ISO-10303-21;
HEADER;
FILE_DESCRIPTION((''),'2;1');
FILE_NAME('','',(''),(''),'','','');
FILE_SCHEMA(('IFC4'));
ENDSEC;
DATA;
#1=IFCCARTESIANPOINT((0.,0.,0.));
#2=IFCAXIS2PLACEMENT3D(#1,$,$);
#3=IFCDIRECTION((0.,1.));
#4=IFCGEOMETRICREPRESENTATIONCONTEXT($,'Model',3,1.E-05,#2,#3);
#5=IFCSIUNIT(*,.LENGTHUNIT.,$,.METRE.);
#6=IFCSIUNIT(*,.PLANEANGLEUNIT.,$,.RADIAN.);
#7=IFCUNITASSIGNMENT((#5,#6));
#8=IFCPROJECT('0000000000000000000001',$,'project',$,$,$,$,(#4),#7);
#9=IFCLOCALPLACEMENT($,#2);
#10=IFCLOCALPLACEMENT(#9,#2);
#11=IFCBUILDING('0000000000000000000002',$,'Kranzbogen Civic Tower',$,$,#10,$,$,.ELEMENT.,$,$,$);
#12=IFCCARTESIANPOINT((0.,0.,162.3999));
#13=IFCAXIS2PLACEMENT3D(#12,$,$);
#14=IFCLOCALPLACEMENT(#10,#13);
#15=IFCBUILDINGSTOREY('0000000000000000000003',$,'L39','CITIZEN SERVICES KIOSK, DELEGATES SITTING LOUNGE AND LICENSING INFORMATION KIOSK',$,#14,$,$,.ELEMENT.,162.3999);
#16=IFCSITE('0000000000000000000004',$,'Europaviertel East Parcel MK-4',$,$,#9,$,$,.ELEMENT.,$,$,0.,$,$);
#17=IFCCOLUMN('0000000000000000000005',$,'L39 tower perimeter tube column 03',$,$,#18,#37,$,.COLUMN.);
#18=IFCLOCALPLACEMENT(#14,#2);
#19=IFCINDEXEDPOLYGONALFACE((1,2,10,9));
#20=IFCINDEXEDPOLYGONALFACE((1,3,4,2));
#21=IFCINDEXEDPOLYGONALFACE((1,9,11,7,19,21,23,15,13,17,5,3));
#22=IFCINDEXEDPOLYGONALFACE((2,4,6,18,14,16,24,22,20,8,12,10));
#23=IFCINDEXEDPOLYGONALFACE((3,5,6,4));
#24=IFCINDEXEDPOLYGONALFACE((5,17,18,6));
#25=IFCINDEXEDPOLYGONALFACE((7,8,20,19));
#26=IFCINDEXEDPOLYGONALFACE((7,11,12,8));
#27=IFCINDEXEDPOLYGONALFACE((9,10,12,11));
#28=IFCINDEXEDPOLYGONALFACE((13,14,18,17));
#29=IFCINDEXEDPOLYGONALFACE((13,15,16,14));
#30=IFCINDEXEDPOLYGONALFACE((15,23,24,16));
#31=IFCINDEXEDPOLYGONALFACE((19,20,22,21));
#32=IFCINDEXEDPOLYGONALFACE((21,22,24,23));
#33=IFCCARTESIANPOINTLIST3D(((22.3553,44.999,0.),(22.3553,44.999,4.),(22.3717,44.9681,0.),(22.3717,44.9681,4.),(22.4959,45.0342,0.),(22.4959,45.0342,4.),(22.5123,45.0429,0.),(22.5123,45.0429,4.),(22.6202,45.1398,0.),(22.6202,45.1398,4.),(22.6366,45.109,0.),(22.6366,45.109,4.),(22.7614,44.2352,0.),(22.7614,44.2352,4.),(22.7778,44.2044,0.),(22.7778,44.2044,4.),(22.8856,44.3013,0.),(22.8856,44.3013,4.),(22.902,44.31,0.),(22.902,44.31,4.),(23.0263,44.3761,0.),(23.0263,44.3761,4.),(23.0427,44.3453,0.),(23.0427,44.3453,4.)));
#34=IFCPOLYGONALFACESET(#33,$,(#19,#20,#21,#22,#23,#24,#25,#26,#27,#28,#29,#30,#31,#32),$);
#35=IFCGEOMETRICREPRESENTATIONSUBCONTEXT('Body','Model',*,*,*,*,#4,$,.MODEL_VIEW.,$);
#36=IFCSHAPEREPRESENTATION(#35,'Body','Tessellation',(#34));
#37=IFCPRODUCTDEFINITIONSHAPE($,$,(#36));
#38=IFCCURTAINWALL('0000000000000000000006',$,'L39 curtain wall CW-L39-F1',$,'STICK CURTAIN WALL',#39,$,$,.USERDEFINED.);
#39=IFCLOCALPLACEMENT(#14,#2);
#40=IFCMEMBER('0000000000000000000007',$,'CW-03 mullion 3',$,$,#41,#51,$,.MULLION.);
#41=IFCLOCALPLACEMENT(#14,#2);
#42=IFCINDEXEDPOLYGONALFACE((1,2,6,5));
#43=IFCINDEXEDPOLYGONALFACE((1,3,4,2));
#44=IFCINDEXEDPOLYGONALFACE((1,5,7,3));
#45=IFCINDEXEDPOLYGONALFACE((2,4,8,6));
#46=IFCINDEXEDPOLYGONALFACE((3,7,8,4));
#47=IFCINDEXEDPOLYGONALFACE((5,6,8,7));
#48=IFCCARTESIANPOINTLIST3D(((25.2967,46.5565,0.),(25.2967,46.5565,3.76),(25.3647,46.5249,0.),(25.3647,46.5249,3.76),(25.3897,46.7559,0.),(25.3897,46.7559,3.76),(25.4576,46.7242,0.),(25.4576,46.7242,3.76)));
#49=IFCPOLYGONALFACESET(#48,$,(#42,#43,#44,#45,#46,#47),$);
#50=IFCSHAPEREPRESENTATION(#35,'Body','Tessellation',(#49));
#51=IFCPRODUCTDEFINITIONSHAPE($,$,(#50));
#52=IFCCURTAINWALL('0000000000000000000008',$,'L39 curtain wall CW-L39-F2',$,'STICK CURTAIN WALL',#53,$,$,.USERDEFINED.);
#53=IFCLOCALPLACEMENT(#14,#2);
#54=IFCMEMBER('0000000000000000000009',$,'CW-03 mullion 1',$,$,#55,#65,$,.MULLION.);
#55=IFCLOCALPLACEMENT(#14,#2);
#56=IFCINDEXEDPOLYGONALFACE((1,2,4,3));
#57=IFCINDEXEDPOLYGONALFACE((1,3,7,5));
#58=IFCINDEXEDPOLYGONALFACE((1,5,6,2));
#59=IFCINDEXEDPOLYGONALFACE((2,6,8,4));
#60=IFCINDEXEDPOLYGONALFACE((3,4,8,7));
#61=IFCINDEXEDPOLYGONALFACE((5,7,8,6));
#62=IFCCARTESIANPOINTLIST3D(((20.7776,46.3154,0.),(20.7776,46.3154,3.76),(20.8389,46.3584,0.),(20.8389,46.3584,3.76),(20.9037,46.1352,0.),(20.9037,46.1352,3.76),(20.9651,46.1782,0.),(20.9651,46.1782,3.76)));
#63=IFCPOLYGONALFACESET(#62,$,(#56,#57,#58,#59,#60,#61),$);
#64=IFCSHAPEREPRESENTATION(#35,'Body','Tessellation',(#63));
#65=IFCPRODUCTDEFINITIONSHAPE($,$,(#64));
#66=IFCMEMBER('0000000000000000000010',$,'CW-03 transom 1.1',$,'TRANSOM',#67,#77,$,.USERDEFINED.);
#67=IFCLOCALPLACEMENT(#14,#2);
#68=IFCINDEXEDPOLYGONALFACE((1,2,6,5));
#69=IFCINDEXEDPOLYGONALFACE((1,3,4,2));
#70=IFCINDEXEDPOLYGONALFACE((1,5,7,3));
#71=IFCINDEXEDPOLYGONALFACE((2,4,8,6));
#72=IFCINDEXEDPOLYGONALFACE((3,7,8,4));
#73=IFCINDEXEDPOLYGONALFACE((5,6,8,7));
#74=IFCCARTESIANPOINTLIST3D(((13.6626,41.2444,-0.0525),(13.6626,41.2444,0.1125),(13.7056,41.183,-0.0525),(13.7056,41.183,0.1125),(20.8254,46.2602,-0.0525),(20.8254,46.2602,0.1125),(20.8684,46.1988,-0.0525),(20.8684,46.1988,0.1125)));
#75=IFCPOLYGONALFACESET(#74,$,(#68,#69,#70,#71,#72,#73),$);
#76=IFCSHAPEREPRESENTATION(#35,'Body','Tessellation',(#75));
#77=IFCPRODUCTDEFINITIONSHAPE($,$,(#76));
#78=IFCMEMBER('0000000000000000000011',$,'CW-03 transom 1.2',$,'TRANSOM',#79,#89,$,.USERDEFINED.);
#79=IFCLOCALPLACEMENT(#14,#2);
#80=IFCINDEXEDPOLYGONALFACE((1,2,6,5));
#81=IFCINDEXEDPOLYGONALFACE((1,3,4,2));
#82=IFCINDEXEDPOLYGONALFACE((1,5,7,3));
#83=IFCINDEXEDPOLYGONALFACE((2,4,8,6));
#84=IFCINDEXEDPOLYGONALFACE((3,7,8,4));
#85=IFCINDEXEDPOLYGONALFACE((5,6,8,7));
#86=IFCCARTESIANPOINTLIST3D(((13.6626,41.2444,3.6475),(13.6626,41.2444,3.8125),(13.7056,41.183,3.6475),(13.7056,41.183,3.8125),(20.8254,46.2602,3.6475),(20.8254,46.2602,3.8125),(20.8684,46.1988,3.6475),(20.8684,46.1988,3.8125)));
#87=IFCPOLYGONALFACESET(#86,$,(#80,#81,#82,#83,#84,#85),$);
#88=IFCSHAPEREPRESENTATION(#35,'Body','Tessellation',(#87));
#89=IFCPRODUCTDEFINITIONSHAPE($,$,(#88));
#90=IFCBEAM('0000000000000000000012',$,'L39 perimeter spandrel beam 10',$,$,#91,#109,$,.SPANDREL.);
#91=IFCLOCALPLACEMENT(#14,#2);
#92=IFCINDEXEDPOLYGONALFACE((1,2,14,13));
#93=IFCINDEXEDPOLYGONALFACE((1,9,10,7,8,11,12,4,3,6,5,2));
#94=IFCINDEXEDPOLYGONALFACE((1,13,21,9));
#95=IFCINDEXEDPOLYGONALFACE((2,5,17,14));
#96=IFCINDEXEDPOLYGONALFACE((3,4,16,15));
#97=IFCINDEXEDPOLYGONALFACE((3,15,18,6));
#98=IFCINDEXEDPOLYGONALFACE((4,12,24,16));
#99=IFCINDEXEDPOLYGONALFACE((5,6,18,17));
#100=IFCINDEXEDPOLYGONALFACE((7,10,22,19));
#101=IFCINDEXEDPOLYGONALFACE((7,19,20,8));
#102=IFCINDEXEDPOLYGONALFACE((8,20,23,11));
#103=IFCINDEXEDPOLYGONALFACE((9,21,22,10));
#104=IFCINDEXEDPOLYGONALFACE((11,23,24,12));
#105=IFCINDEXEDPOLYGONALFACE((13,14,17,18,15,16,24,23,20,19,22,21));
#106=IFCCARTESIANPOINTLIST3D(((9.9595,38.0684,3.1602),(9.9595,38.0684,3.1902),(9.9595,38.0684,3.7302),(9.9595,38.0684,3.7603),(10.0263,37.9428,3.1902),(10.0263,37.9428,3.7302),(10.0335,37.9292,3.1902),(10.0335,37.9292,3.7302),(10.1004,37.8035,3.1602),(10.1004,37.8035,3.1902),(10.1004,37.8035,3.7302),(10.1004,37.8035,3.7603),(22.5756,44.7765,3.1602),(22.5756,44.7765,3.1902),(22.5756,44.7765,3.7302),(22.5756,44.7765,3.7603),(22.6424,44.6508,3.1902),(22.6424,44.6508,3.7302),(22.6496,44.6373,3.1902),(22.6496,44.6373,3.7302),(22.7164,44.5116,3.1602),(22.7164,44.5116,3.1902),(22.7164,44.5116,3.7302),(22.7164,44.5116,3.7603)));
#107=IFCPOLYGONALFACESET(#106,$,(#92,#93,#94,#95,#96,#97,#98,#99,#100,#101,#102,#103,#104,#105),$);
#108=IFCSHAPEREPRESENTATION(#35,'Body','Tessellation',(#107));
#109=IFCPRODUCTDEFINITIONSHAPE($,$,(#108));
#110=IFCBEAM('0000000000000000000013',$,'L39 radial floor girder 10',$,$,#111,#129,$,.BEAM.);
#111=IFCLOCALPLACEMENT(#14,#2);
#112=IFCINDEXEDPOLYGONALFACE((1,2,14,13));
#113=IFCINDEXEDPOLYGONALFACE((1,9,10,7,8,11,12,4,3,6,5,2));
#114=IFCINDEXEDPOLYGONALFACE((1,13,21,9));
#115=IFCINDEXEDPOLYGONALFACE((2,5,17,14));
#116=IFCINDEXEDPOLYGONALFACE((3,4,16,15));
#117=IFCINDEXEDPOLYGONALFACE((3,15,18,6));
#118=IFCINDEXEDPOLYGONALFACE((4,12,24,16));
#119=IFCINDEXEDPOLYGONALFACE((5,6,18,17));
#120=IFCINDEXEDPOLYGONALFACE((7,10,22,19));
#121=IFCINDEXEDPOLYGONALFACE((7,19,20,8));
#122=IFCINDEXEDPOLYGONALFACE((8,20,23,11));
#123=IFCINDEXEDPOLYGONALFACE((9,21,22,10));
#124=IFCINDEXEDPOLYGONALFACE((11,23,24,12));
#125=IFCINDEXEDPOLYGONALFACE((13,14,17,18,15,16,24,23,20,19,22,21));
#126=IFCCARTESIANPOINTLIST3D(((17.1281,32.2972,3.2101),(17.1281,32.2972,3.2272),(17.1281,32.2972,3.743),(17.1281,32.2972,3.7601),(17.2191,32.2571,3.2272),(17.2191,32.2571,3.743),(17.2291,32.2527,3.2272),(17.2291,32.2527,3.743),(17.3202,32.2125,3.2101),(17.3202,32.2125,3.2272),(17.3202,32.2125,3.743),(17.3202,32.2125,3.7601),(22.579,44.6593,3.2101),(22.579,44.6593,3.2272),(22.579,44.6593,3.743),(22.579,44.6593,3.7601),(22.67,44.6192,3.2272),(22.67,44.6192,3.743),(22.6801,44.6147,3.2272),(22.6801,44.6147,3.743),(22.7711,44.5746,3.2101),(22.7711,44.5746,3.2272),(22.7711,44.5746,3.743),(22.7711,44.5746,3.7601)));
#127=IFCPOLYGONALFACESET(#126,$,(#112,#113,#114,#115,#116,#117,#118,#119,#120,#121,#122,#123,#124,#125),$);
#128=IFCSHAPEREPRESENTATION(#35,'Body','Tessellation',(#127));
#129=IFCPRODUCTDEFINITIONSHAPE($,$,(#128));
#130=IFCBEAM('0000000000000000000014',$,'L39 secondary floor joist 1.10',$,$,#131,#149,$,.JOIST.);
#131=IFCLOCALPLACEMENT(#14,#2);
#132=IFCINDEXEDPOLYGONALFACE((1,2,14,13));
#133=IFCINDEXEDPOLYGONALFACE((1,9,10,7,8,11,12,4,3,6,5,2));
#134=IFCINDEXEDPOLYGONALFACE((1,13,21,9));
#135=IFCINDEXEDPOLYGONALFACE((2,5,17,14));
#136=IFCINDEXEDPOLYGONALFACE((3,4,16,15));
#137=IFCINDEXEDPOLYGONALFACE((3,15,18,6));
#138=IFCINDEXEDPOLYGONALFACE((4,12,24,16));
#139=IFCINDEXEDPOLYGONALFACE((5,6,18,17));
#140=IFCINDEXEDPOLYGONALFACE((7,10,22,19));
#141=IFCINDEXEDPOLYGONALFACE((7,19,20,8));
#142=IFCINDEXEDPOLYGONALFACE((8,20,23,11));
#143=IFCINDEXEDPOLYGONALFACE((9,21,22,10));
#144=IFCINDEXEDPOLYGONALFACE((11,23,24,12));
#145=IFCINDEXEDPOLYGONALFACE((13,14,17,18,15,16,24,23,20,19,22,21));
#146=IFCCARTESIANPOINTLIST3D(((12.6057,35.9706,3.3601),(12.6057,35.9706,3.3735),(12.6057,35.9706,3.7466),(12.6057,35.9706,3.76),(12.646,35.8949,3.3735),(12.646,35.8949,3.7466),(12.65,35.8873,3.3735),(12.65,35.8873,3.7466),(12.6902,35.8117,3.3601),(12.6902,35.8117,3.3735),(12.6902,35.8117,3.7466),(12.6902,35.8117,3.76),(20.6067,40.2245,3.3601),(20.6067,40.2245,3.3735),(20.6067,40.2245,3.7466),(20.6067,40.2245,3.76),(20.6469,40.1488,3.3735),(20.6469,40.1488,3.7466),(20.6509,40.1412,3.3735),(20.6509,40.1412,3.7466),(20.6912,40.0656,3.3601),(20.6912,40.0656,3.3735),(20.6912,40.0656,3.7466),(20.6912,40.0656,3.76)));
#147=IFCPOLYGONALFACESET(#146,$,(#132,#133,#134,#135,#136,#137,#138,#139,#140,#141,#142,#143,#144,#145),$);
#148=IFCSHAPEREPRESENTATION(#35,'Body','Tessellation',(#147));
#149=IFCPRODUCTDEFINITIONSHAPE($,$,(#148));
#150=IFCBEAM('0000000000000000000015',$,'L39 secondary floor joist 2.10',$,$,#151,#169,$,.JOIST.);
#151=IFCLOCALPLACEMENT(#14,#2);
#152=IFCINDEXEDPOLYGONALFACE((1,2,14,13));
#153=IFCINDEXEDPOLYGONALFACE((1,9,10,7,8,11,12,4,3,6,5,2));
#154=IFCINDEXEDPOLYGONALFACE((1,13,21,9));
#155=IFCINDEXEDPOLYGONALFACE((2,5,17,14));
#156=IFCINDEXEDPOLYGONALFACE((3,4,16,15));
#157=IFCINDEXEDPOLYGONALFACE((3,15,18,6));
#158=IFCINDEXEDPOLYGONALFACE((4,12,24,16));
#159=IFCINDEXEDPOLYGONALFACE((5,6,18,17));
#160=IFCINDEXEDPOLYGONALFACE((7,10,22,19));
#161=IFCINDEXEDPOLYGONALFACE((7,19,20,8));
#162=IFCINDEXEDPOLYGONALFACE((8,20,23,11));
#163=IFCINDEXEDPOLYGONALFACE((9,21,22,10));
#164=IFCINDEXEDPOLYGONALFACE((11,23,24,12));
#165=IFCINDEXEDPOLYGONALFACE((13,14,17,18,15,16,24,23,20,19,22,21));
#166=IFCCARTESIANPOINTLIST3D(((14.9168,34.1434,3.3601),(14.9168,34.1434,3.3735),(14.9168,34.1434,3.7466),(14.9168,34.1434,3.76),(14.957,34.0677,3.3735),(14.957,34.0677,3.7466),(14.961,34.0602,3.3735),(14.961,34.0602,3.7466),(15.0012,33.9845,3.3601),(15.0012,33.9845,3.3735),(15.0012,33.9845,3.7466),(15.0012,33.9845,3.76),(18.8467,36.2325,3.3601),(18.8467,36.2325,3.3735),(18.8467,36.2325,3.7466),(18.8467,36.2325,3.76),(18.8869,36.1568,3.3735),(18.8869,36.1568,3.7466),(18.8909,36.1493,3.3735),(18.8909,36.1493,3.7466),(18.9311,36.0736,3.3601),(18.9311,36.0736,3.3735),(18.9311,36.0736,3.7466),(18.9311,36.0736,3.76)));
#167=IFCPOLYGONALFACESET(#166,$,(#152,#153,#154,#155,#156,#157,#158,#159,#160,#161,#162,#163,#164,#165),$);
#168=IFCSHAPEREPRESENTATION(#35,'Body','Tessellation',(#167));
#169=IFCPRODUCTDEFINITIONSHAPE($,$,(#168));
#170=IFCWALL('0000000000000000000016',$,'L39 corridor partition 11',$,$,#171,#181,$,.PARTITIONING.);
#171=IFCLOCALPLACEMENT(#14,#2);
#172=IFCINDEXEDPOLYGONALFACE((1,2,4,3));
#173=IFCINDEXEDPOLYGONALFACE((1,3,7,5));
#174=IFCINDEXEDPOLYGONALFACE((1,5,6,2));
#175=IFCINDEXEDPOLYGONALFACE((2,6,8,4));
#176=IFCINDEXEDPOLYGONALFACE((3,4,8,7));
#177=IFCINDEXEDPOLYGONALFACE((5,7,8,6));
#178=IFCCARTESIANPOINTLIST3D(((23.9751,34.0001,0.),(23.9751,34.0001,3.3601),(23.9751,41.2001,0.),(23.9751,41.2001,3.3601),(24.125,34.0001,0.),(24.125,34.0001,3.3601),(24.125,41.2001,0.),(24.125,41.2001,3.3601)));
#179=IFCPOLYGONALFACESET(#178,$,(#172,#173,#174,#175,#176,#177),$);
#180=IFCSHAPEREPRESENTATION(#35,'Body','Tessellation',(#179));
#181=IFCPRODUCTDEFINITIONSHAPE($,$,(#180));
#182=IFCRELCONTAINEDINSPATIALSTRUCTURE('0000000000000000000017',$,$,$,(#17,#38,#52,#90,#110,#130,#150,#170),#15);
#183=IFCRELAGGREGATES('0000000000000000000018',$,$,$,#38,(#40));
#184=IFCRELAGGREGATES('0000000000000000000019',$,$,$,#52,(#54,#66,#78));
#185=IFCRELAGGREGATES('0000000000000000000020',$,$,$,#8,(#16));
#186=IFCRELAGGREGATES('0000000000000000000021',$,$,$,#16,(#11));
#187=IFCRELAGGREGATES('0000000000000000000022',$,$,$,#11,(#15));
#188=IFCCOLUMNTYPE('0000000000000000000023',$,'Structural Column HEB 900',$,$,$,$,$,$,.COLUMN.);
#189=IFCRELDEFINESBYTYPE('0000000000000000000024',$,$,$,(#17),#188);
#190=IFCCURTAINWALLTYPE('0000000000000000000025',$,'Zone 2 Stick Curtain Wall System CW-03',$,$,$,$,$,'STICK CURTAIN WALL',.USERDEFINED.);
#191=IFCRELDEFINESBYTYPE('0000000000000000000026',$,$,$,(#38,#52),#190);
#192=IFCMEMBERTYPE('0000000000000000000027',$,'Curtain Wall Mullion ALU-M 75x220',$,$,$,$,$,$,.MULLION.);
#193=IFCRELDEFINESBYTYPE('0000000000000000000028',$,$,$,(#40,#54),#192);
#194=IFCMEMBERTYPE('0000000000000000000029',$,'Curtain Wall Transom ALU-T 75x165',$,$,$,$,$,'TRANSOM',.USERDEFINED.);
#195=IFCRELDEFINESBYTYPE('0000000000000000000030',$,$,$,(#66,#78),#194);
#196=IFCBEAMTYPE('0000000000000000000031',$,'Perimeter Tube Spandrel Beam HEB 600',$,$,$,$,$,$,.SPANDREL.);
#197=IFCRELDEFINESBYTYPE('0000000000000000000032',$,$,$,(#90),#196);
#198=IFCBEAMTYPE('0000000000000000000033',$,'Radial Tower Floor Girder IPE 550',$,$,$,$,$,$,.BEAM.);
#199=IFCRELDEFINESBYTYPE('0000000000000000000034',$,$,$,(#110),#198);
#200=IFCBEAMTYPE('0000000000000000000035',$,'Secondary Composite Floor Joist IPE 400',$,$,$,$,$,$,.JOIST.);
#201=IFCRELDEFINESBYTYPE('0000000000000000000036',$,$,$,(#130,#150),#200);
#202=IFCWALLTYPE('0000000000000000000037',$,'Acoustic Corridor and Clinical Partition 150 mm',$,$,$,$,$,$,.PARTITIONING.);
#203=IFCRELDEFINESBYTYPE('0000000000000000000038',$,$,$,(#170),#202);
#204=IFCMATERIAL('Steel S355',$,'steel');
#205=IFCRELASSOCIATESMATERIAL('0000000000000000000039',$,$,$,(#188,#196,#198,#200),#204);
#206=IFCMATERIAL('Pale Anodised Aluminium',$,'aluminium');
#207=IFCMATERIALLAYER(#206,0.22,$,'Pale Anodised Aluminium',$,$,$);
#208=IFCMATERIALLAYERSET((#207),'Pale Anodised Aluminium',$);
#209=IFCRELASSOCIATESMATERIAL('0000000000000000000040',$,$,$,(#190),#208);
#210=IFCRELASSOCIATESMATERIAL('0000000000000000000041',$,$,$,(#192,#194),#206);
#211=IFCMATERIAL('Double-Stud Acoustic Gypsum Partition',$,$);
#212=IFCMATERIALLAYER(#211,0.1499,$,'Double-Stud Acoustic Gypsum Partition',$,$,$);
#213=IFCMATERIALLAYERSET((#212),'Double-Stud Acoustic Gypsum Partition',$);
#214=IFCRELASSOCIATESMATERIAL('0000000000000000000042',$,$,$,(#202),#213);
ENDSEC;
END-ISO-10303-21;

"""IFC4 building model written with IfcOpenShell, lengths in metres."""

from ifc_helpers import new_model, si_unit, direction, frame, frame_2d, origin, origin_2d, place, context, subcontext, project, spatial, rectangle, i_section, extrude, material, layer, layer_set, material_profile, profile_set, type_object, element, aggregate, save


model = new_model("IFC4")

# Units and contexts
model_context = context("Model", 3, precision=1e-05, world=origin(), true_north=direction((0.0, 1.0)))
body_context = subcontext(model_context, "Body", "Model", "MODEL_VIEW")
ifc_project = project(units=[si_unit("LENGTHUNIT", "METRE"), si_unit("PLANEANGLEUNIT", "RADIAN")], contexts=[model_context])

# Site, building, storey
site_placement = place(None, origin())
site = spatial("IfcSite", under=ifc_project, at=site_placement, Name="Europaviertel East Parcel MK-4", CompositionType="ELEMENT", RefElevation=0.0)
building_placement = place(site_placement, origin())
building = spatial("IfcBuilding", under=site, at=building_placement, Name="Kranzbogen Civic Tower", CompositionType="ELEMENT")
storey_placement = place(building_placement, frame((0.0, 0.0, 162.3999)))
storey = spatial("IfcBuildingStorey", under=building, at=storey_placement, Name="L39", Description="CITIZEN SERVICES KIOSK, DELEGATES SITTING LOUNGE AND LICENSING INFORMATION KIOSK", CompositionType="ELEMENT", Elevation=162.3999)

# Column
ifc_material_1 = material(Name="Steel S355", Category="steel")
ifc_material_profile_1 = material_profile(ifc_material_1, i_section(OverallWidth=0.3, OverallDepth=0.8999, WebThickness=0.0186, FlangeThickness=0.0349, at=origin_2d()), Name="HEB 900")
ifc_profile_set_1 = profile_set([ifc_material_profile_1], Name="Steel S355")
column_type = type_object("IfcColumnType", Name="Structural Column HEB 900", PredefinedType="COLUMN", material=ifc_profile_set_1)
column_placement = place(storey_placement, frame((22.699, 44.6721, 0.0), z_axis=(0.0, 0.0, 1.0), x_axis=(0.882948, 0.469472, 0.0)))
element("IfcColumn", 1, at=column_placement, inside=storey, type_object=column_type, Name="L39 tower perimeter tube column 03", PredefinedType="COLUMN", context=body_context, shape_type="SweptSolid", body=[
    extrude(i_section(OverallWidth=0.3, OverallDepth=0.8999, WebThickness=0.0186, FlangeThickness=0.0349, at=origin_2d()), origin(), (0.0, 0.0, 1.0), 4.0),
])

# Curtain wall, member
ifc_material_2 = material(Name="Pale Anodised Aluminium", Category="aluminium")
ifc_layer_1 = layer(ifc_material_2, 0.22, Name="Pale Anodised Aluminium")
ifc_layer_set_1 = layer_set([ifc_layer_1], Name="Pale Anodised Aluminium")
curtain_wall_type = type_object("IfcCurtainWallType", Name="Zone 2 Stick Curtain Wall System CW-03", ElementType="STICK CURTAIN WALL", PredefinedType="USERDEFINED", material=ifc_layer_set_1)
curtain_wall_1_placement = place(storey_placement, origin())
curtain_wall_1 = element("IfcCurtainWall", 2, at=curtain_wall_1_placement, inside=storey, type_object=curtain_wall_type, Name="L39 curtain wall CW-L39-F1", ObjectType="STICK CURTAIN WALL", PredefinedType="USERDEFINED")
ifc_material_profile_2 = material_profile(ifc_material_2, rectangle(XDim=0.075, YDim=0.22, at=origin_2d()), Name="ALU-M 75x220")
ifc_profile_set_2 = profile_set([ifc_material_profile_2], Name="Pale Anodised Aluminium")
member_type_1 = type_object("IfcMemberType", Name="Curtain Wall Mullion ALU-M 75x220", PredefinedType="MULLION", material=ifc_profile_set_2)
member_1_placement = place(storey_placement, frame((25.3772, 46.6404, 0.0), z_axis=(0.0, 0.0, 1.0), x_axis=(-0.906297, 0.422641, 0.0)))
member_1 = element("IfcMember", 3, at=member_1_placement, type_object=member_type_1, Name="CW-03 mullion 3", PredefinedType="MULLION", context=body_context, shape_type="SweptSolid", body=[
    extrude(rectangle(XDim=0.075, YDim=0.22, at=origin_2d()), origin(), (0.0, 0.0, 1.0), 3.76),
])
aggregate(curtain_wall_1, [member_1])

# Curtain wall, members
curtain_wall_2_placement = place(storey_placement, origin())
curtain_wall_2 = element("IfcCurtainWall", 4, at=curtain_wall_2_placement, inside=storey, type_object=curtain_wall_type, Name="L39 curtain wall CW-L39-F2", ObjectType="STICK CURTAIN WALL", PredefinedType="USERDEFINED")
member_2_placement = place(storey_placement, frame((20.8713, 46.2468, 0.0), z_axis=(0.0, 0.0, 1.0), x_axis=(-0.819128, -0.57361, 0.0)))
member_2 = element("IfcMember", 5, at=member_2_placement, type_object=member_type_1, Name="CW-03 mullion 1", PredefinedType="MULLION", context=body_context, shape_type="SweptSolid", body=[
    extrude(rectangle(XDim=0.075, YDim=0.22, at=origin_2d()), origin(), (0.0, 0.0, 1.0), 3.76),
])
ifc_material_profile_3 = material_profile(ifc_material_2, rectangle(XDim=0.075, YDim=0.165, at=origin_2d()), Name="ALU-T 75x165")
ifc_profile_set_3 = profile_set([ifc_material_profile_3], Name="Pale Anodised Aluminium")
member_type_2 = type_object("IfcMemberType", Name="Curtain Wall Transom ALU-T 75x165", ElementType="TRANSOM", PredefinedType="USERDEFINED", material=ifc_profile_set_3)
member_3_placement = place(storey_placement, frame((20.8469, 46.2295, 0.03), z_axis=(-0.819131, -0.573607, 0.0), x_axis=(0.573607, -0.819131, 0.0)))
member_3 = element("IfcMember", 6, at=member_3_placement, type_object=member_type_2, Name="CW-03 transom 1.1", ObjectType="TRANSOM", PredefinedType="USERDEFINED", context=body_context, shape_type="SweptSolid", body=[
    extrude(rectangle(XDim=0.075, YDim=0.165, at=origin_2d()), origin(), (0.0, 0.0, 1.0), 8.7444),
])
member_4_placement = place(storey_placement, frame((20.8469, 46.2295, 3.73), z_axis=(-0.819131, -0.573607, 0.0), x_axis=(0.573607, -0.819131, 0.0)))
member_4 = element("IfcMember", 7, at=member_4_placement, type_object=member_type_2, Name="CW-03 transom 1.2", ObjectType="TRANSOM", PredefinedType="USERDEFINED", context=body_context, shape_type="SweptSolid", body=[
    extrude(rectangle(XDim=0.075, YDim=0.165, at=origin_2d()), origin(), (0.0, 0.0, 1.0), 8.7444),
])
aggregate(curtain_wall_2, [member_2, member_3, member_4])

# Beams
ifc_material_profile_4 = material_profile(ifc_material_1, i_section(OverallWidth=0.3, OverallDepth=0.6001, WebThickness=0.0154, FlangeThickness=0.03, at=origin_2d()), Name="HEB 600")
ifc_profile_set_4 = profile_set([ifc_material_profile_4], Name="Steel S355")
beam_type_1 = type_object("IfcBeamType", Name="Perimeter Tube Spandrel Beam HEB 600", PredefinedType="SPANDREL", material=ifc_profile_set_4)
beam_1_placement = place(storey_placement, frame((22.646, 44.644, 3.4602), z_axis=(-0.882948, -0.46947, 0.0), x_axis=(0.46947, -0.882948, 0.0)))
element("IfcBeam", 8, at=beam_1_placement, inside=storey, type_object=beam_type_1, Name="L39 perimeter spandrel beam 10", PredefinedType="SPANDREL", context=body_context, shape_type="SweptSolid", body=[
    extrude(i_section(OverallWidth=0.3, OverallDepth=0.6001, WebThickness=0.0154, FlangeThickness=0.03, at=origin_2d()), origin(), (0.0, 0.0, 1.0), 14.2886),
])
ifc_material_profile_5 = material_profile(ifc_material_1, i_section(OverallWidth=0.21, OverallDepth=0.55, WebThickness=0.011, FlangeThickness=0.0171, at=origin_2d()), Name="IPE 550")
ifc_profile_set_5 = profile_set([ifc_material_profile_5], Name="Steel S355")
beam_type_2 = type_object("IfcBeamType", Name="Radial Tower Floor Girder IPE 550", PredefinedType="BEAM", material=ifc_profile_set_5)
beam_2_placement = place(storey_placement, frame((22.675, 44.6169, 3.4851), z_axis=(-0.403459, -0.914998, 0.0), x_axis=(0.914998, -0.403459, 0.0)))
element("IfcBeam", 9, at=beam_2_placement, inside=storey, type_object=beam_type_2, Name="L39 radial floor girder 10", PredefinedType="BEAM", context=body_context, shape_type="SweptSolid", body=[
    extrude(i_section(OverallWidth=0.21, OverallDepth=0.55, WebThickness=0.011, FlangeThickness=0.0171, at=origin_2d()), origin(), (0.0, 0.0, 1.0), 13.5105),
])
ifc_material_profile_6 = material_profile(ifc_material_1, i_section(OverallWidth=0.1799, OverallDepth=0.3999, WebThickness=0.0085, FlangeThickness=0.0134, at=origin_2d()), Name="IPE 400")
ifc_profile_set_6 = profile_set([ifc_material_profile_6], Name="Steel S355")
beam_type_3 = type_object("IfcBeamType", Name="Secondary Composite Floor Joist IPE 400", PredefinedType="JOIST", material=ifc_profile_set_6)
beam_3_placement = place(storey_placement, frame((20.6489, 40.145, 3.5601), z_axis=(-0.882961, -0.469447, 0.0), x_axis=(0.469447, -0.882961, 0.0)))
element("IfcBeam", 10, at=beam_3_placement, inside=storey, type_object=beam_type_3, Name="L39 secondary floor joist 1.10", PredefinedType="JOIST", context=body_context, shape_type="SweptSolid", body=[
    extrude(i_section(OverallWidth=0.1799, OverallDepth=0.3999, WebThickness=0.0085, FlangeThickness=0.0134, at=origin_2d()), origin(), (0.0, 0.0, 1.0), 9.0615),
])
beam_4_placement = place(storey_placement, frame((18.8889, 36.1531, 3.5601), z_axis=(-0.882991, -0.469389, 0.0), x_axis=(0.469389, -0.882991, 0.0)))
element("IfcBeam", 11, at=beam_4_placement, inside=storey, type_object=beam_type_3, Name="L39 secondary floor joist 2.10", PredefinedType="JOIST", context=body_context, shape_type="SweptSolid", body=[
    extrude(i_section(OverallWidth=0.1799, OverallDepth=0.3999, WebThickness=0.0085, FlangeThickness=0.0134, at=origin_2d()), origin(), (0.0, 0.0, 1.0), 4.4507),
])

# Wall
ifc_material_3 = material(Name="Double-Stud Acoustic Gypsum Partition")
ifc_layer_2 = layer(ifc_material_3, 0.1499, Name="Double-Stud Acoustic Gypsum Partition")
ifc_layer_set_2 = layer_set([ifc_layer_2], Name="Double-Stud Acoustic Gypsum Partition")
wall_type_1 = type_object("IfcWallType", Name="Acoustic Corridor and Clinical Partition 150 mm", PredefinedType="PARTITIONING", material=ifc_layer_set_2)
wall_1_placement = place(storey_placement, frame((24.05, 34.0, 0.0), z_axis=(0.0, 0.0, 1.0), x_axis=(0.0, 1.0, 0.0)))
element("IfcWall", 12, at=wall_1_placement, inside=storey, type_object=wall_type_1, Name="L39 corridor partition 11", PredefinedType="PARTITIONING", context=body_context, shape_type="SweptSolid", body=[
    extrude(rectangle(XDim=7.2, YDim=0.1499, at=frame_2d((3.6001, 0.0))), origin(), (0.0, 0.0, 1.0), 3.3601),
])

save(model, "model.ifc")
